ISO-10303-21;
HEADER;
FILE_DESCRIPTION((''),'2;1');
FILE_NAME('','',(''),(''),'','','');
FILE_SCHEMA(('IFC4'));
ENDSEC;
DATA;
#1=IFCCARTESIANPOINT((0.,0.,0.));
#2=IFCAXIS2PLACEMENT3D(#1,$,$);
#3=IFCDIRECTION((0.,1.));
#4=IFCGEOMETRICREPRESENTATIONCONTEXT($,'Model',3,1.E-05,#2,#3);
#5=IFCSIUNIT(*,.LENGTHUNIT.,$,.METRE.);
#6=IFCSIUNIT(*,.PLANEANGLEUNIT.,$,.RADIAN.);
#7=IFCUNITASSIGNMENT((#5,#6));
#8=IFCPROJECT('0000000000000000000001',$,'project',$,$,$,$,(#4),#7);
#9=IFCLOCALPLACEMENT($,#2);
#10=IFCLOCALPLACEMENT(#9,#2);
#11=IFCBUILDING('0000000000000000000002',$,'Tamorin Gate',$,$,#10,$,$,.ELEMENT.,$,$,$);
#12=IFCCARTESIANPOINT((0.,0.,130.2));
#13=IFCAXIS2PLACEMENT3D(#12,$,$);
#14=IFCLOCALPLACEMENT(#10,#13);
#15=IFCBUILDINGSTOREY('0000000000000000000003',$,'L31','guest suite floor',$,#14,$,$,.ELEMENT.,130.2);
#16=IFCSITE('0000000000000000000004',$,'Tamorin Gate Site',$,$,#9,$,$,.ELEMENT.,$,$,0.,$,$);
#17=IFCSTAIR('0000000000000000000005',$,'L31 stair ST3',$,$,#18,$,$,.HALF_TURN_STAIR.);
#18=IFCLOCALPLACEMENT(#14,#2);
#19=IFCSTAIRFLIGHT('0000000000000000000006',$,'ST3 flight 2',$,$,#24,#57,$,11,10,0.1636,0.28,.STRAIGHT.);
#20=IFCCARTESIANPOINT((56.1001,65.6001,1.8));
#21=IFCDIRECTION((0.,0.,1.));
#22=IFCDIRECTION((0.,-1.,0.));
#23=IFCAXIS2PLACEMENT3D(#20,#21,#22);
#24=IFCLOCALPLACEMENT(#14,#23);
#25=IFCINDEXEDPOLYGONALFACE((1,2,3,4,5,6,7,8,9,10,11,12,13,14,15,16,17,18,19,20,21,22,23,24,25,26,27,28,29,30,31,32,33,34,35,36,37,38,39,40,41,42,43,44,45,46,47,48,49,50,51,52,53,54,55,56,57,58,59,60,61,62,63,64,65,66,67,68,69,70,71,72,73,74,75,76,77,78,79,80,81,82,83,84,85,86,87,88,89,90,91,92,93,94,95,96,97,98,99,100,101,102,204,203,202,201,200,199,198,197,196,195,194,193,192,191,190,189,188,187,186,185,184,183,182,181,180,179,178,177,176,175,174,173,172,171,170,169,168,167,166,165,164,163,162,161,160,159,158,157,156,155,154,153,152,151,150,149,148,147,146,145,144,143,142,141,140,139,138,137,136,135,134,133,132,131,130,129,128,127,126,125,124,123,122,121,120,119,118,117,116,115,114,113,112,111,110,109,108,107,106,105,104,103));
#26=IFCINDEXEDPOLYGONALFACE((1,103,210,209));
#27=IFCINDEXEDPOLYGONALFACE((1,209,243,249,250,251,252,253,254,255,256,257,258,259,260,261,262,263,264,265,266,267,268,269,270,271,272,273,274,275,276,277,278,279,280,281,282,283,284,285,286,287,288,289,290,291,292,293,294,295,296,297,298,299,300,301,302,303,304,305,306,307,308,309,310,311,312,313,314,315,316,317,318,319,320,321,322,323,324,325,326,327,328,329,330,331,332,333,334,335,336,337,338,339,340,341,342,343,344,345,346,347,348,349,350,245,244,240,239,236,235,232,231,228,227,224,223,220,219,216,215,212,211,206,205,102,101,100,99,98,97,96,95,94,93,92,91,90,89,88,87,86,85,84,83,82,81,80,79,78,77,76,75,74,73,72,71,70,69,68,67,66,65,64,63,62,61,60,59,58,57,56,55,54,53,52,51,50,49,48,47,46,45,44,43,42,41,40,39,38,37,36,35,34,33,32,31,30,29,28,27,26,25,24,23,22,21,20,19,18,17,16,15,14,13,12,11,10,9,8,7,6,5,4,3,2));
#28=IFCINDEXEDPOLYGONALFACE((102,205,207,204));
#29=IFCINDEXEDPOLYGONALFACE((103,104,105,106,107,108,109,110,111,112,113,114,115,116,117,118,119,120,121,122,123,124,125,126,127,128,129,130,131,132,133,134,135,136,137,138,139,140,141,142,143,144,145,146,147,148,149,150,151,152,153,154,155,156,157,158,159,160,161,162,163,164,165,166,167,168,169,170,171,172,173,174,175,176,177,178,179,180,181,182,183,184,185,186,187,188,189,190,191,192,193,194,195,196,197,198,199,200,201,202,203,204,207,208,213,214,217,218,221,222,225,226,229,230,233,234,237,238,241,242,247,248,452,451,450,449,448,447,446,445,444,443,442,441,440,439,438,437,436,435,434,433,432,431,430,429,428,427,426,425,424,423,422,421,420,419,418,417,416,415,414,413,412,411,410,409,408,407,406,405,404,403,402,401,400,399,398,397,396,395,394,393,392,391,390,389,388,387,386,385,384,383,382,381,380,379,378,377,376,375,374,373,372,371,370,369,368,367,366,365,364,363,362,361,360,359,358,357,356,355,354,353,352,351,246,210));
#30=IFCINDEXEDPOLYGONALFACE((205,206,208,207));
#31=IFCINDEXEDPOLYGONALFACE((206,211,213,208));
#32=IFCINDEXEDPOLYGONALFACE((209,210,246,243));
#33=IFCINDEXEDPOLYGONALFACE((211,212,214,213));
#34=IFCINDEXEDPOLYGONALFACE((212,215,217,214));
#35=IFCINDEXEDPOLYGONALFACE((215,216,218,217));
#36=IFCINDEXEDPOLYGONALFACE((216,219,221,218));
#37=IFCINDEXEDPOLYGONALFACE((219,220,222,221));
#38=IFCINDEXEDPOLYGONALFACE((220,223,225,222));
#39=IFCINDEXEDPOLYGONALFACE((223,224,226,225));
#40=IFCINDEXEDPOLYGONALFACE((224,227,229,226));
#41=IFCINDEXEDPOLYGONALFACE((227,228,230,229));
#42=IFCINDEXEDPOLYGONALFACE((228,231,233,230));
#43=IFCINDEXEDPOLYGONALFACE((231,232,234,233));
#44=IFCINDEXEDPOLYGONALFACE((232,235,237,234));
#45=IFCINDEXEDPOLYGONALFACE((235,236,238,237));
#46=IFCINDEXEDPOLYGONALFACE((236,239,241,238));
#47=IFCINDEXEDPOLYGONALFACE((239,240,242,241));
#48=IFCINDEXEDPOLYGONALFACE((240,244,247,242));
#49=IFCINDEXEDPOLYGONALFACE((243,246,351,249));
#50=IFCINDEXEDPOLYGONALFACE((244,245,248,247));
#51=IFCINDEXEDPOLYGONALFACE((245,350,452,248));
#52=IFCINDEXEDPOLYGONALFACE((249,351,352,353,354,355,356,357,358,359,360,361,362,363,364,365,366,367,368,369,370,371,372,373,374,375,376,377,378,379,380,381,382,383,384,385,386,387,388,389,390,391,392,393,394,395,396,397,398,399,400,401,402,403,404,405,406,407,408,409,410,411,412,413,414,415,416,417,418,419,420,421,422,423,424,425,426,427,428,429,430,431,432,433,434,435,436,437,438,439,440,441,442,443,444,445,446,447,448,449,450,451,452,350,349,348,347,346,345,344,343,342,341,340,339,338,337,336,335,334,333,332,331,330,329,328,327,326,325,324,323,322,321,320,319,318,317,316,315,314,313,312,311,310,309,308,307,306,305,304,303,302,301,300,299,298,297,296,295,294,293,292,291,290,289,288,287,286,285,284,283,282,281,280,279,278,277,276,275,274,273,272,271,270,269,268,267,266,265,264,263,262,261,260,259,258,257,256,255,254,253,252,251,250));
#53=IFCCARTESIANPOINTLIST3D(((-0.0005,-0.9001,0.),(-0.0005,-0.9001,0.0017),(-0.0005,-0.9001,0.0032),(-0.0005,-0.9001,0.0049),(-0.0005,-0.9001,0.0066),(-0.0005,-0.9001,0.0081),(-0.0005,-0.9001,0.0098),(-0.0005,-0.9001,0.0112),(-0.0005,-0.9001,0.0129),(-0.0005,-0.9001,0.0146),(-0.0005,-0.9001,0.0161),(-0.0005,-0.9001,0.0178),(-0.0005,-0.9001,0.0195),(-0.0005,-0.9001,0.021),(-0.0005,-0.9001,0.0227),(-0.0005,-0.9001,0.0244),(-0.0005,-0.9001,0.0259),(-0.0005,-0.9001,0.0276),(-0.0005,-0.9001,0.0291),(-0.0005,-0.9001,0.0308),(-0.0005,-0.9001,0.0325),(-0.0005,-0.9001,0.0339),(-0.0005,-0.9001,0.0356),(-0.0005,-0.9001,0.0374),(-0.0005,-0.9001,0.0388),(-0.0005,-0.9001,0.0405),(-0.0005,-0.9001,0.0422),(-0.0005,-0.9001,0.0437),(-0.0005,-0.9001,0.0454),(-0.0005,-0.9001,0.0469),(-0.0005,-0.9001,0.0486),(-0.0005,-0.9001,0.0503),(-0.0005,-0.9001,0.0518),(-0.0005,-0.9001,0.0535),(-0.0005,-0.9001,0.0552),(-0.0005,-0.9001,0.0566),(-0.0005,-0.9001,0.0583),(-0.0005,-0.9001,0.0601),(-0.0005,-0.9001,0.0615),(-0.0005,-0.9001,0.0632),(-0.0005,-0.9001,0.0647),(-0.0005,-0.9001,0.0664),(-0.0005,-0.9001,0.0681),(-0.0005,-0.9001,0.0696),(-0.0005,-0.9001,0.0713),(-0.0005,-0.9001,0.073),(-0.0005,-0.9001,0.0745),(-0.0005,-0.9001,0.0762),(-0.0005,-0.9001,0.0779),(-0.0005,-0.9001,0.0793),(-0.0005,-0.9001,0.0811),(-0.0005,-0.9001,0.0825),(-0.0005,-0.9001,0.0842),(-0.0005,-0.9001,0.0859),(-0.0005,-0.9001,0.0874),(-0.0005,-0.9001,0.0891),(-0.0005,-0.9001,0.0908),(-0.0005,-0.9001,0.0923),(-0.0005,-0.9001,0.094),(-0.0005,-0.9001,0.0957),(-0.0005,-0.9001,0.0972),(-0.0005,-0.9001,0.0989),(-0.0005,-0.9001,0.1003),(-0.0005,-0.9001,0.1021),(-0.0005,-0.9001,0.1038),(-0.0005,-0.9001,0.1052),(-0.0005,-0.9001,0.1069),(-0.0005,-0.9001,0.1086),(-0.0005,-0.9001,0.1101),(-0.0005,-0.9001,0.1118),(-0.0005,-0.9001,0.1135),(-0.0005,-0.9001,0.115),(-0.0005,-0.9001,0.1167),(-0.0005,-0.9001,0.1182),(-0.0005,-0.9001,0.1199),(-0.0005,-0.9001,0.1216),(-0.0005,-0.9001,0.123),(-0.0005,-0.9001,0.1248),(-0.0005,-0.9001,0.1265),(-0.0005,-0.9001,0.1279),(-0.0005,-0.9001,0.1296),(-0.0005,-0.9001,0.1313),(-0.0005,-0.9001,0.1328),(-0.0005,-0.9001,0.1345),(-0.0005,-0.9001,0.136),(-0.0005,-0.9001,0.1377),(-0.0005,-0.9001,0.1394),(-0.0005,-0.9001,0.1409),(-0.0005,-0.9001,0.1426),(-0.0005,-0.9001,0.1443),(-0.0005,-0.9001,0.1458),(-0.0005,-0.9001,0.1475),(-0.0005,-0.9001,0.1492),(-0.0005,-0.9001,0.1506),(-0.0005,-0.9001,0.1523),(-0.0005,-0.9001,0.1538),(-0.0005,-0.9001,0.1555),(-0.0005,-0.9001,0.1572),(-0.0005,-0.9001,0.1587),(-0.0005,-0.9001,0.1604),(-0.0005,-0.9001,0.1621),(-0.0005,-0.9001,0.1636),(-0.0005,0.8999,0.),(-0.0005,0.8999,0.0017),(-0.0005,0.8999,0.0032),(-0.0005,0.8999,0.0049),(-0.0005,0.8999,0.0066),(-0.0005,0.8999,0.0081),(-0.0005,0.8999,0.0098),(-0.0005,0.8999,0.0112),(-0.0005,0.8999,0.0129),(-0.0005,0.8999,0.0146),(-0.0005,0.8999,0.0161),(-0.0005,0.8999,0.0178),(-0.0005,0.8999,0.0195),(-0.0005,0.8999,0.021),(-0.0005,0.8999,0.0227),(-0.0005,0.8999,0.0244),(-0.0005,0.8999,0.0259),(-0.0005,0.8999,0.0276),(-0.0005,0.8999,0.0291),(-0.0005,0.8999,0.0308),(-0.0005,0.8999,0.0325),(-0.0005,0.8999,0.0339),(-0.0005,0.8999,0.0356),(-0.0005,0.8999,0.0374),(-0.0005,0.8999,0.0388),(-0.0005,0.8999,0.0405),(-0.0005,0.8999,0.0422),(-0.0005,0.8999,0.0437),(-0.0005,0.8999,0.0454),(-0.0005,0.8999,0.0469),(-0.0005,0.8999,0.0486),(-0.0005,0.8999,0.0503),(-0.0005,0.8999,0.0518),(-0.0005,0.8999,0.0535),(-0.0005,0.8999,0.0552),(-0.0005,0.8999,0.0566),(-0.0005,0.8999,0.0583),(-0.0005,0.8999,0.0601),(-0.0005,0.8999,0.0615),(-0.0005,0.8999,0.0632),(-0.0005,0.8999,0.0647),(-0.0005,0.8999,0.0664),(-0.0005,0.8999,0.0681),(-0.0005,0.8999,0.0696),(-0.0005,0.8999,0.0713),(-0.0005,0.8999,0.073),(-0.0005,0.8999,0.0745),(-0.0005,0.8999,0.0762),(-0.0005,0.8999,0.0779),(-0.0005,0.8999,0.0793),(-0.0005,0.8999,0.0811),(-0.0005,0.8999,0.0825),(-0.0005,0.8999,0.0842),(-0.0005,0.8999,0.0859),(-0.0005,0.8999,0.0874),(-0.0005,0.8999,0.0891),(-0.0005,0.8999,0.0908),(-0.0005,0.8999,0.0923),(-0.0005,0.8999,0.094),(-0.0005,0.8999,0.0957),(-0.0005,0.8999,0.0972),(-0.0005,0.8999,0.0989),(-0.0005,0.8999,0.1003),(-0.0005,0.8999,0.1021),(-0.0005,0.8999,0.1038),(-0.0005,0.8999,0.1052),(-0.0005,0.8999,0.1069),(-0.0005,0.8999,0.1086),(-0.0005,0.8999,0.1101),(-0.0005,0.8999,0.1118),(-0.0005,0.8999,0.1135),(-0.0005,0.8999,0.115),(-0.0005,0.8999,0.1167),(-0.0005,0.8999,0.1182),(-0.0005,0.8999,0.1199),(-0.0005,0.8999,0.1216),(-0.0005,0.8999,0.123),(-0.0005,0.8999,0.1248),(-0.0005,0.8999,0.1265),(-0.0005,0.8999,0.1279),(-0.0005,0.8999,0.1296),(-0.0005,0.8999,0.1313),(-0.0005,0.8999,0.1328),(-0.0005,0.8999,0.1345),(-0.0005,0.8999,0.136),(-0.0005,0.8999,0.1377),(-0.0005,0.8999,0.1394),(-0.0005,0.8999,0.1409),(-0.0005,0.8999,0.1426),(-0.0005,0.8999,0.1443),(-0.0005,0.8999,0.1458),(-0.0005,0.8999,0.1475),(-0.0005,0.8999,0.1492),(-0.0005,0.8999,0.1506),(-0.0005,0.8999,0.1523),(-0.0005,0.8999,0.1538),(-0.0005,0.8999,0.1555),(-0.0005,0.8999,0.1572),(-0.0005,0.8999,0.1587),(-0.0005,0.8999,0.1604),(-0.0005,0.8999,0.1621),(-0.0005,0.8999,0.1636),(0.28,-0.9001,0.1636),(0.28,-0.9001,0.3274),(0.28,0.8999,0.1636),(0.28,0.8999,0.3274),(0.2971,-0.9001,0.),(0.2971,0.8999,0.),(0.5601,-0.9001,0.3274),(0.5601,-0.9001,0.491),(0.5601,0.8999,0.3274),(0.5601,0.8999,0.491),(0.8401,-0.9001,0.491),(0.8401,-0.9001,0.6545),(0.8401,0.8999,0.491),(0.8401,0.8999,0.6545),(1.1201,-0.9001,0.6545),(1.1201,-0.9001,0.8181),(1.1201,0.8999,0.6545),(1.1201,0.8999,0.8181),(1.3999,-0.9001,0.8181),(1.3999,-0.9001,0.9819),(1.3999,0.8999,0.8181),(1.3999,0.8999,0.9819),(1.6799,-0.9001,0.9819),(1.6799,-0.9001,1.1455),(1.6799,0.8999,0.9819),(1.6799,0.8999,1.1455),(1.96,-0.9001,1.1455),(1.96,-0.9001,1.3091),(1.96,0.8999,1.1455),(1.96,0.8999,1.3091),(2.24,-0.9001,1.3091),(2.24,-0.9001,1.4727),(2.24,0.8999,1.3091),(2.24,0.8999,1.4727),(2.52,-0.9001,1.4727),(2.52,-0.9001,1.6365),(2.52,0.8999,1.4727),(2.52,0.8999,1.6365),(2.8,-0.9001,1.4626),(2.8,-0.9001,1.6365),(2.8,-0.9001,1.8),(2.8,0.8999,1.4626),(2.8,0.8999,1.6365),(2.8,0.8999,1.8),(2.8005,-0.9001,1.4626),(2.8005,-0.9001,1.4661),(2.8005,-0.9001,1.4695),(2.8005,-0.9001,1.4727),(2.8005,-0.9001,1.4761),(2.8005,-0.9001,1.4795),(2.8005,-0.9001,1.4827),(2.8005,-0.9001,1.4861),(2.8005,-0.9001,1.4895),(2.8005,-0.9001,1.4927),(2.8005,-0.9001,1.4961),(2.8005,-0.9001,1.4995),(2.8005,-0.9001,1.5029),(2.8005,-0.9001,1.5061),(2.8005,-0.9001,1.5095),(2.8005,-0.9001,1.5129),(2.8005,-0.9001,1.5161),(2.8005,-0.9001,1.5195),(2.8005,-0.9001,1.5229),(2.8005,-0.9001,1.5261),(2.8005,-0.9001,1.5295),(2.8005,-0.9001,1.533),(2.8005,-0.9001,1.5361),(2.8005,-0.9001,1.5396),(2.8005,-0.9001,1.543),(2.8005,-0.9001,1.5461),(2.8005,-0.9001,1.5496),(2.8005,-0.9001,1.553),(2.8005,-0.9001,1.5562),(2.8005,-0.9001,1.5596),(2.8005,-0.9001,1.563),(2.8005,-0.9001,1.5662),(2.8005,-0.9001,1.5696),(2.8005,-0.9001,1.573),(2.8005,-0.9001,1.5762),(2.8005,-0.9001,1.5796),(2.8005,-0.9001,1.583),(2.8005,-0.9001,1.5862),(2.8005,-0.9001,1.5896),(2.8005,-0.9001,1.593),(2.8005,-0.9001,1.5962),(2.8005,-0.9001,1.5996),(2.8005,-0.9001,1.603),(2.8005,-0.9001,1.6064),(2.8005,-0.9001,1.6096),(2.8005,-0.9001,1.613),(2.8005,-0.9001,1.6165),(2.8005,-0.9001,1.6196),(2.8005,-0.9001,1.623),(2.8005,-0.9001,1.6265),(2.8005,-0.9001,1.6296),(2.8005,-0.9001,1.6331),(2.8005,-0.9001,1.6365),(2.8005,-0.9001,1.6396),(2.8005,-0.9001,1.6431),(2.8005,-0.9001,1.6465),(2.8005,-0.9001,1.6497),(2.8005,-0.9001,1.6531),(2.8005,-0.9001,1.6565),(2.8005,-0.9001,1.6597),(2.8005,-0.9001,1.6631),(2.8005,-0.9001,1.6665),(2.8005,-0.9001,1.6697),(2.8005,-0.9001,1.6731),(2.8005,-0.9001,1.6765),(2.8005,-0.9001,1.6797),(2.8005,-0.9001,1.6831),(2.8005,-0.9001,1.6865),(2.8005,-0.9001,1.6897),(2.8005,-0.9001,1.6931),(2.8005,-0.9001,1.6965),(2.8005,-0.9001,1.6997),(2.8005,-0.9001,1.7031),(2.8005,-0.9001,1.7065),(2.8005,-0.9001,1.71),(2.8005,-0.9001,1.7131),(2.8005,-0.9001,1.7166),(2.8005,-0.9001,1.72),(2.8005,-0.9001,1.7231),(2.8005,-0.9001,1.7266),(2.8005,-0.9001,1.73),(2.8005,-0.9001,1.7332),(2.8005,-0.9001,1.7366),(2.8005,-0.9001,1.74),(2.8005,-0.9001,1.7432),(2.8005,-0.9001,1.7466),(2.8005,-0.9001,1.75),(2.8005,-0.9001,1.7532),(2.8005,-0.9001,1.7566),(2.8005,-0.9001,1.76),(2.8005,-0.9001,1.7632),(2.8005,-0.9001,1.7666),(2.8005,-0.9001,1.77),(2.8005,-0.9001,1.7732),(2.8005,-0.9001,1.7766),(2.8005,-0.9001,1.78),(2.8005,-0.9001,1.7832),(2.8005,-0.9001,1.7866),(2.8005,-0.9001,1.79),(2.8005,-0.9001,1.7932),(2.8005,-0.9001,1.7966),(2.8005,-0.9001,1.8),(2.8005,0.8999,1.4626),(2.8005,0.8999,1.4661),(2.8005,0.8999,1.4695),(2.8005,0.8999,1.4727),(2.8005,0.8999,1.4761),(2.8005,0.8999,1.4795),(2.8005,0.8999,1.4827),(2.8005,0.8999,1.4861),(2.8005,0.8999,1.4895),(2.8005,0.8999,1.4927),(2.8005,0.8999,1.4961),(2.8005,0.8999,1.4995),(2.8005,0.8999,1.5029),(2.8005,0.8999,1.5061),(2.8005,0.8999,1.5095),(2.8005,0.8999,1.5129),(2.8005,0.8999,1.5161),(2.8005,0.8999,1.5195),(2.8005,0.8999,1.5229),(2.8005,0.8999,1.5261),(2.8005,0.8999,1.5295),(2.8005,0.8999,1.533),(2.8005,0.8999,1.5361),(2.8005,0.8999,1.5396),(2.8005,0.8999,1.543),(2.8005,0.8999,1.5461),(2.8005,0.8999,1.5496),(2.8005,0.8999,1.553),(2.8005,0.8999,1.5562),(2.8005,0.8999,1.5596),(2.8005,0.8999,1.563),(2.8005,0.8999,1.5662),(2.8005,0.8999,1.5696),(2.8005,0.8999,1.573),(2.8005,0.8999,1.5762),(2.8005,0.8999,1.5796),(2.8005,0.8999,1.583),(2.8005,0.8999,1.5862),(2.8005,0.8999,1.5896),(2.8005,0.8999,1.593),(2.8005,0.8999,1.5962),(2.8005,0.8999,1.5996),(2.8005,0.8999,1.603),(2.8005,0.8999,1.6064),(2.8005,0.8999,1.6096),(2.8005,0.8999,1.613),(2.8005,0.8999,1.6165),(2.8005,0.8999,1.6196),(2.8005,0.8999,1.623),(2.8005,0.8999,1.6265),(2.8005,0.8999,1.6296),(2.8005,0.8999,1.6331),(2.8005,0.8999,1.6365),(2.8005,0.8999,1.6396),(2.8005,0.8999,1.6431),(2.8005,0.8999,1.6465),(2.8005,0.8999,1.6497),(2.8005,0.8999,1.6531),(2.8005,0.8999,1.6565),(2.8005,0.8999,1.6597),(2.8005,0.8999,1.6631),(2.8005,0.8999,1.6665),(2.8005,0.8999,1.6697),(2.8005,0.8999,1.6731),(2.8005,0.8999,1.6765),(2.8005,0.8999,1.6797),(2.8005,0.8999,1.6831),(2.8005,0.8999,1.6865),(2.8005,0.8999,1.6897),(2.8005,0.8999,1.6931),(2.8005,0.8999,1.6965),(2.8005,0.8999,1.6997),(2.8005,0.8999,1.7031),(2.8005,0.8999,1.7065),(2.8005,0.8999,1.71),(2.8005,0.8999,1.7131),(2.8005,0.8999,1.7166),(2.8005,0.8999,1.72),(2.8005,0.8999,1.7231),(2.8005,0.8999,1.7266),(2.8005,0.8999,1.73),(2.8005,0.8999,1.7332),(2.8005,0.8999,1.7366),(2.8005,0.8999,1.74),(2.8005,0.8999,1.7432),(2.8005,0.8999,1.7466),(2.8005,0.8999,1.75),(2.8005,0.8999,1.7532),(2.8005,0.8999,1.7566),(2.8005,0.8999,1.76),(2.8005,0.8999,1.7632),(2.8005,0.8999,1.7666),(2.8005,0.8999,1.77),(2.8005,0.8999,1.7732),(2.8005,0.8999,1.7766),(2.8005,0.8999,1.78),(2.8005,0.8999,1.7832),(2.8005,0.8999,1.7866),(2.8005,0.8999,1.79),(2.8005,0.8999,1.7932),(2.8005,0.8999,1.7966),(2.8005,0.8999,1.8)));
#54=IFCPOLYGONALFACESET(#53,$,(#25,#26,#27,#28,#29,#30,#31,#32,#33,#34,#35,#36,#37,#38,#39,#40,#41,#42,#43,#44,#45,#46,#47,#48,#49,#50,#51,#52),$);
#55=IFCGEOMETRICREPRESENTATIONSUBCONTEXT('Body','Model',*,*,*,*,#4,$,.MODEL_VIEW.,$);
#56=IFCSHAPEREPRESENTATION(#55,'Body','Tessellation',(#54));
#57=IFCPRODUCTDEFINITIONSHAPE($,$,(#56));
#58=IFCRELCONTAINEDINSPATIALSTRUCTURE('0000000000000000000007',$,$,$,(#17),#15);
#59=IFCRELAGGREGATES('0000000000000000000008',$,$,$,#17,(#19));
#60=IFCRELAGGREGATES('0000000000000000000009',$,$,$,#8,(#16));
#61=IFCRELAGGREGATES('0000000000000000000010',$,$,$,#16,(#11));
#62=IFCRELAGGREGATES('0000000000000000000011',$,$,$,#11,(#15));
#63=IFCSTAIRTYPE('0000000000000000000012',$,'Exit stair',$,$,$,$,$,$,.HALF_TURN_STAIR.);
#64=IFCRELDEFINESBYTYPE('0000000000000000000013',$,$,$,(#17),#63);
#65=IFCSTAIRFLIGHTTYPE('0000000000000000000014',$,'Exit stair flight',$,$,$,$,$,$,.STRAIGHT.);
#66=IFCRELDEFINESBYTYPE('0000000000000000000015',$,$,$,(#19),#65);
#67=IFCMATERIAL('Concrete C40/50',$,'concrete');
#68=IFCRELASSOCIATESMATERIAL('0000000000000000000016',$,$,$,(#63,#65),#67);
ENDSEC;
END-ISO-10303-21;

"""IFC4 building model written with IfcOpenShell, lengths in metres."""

from ifc_helpers import new_model, si_unit, direction, frame, origin, place, context, subcontext, project, spatial, polyline, outline, extrude, material, type_object, element, aggregate, save


model = new_model("IFC4")

# Units and contexts
model_context = context("Model", 3, precision=1e-05, world=origin(), true_north=direction((0.0, 1.0)))
body_context = subcontext(model_context, "Body", "Model", "MODEL_VIEW")
ifc_project = project(units=[si_unit("LENGTHUNIT", "METRE"), si_unit("PLANEANGLEUNIT", "RADIAN")], contexts=[model_context])

# Site, building, storey
site_placement = place(None, origin())
site = spatial("IfcSite", under=ifc_project, at=site_placement, Name="Tamorin Gate Site", CompositionType="ELEMENT", RefElevation=0.0)
building_placement = place(site_placement, origin())
building = spatial("IfcBuilding", under=site, at=building_placement, Name="Tamorin Gate", CompositionType="ELEMENT")
storey_placement = place(building_placement, frame((0.0, 0.0, 130.2)))
storey = spatial("IfcBuildingStorey", under=building, at=storey_placement, Name="L31", Description="guest suite floor", CompositionType="ELEMENT", Elevation=130.2)

# Shared definitions
ifc_material_1 = material(Name="Concrete C40/50", Category="concrete")

# Stair, stair flight
stair_type = type_object("IfcStairType", Name="Exit stair", PredefinedType="HALF_TURN_STAIR", material=ifc_material_1)
stair_placement = place(storey_placement, origin())
stair = element("IfcStair", 1, at=stair_placement, inside=storey, type_object=stair_type, Name="L31 stair ST3", PredefinedType="HALF_TURN_STAIR")
stair_flight_type = type_object("IfcStairFlightType", Name="Exit stair flight", PredefinedType="STRAIGHT", material=ifc_material_1)
stair_flight_placement = place(storey_placement, frame((56.1001, 65.6001, 1.8), z_axis=(0.0, 0.0, 1.0), x_axis=(0.0, -1.0, 0.0)))
stair_flight = element("IfcStairFlight", 2, at=stair_flight_placement, type_object=stair_flight_type, Name="ST3 flight 2", NumberOfRisers=11, NumberOfTreads=10, PredefinedType="STRAIGHT", RiserHeight=0.1636, TreadLength=0.28, context=body_context, shape_type="SweptSolid", body=[
    extrude(outline(polyline([(-0.0005, 0.0), (-0.0005, 0.0017), (-0.0005, 0.0032), (-0.0005, 0.0049), (-0.0005, 0.0066), (-0.0005, 0.0081), (-0.0005, 0.0098), (-0.0005, 0.0112), (-0.0005, 0.0129), (-0.0005, 0.0146), (-0.0005, 0.0161), (-0.0005, 0.0178), (-0.0005, 0.0195), (-0.0005, 0.021), (-0.0005, 0.0227), (-0.0005, 0.0244), (-0.0005, 0.0259), (-0.0005, 0.0276), (-0.0005, 0.0291), (-0.0005, 0.0308), (-0.0005, 0.0325), (-0.0005, 0.0339), (-0.0005, 0.0356), (-0.0005, 0.0374), (-0.0005, 0.0388), (-0.0005, 0.0405), (-0.0005, 0.0422), (-0.0005, 0.0437), (-0.0005, 0.0454), (-0.0005, 0.0469), (-0.0005, 0.0486), (-0.0005, 0.0503), (-0.0005, 0.0518), (-0.0005, 0.0535), (-0.0005, 0.0552), (-0.0005, 0.0566), (-0.0005, 0.0583), (-0.0005, 0.0601), (-0.0005, 0.0615), (-0.0005, 0.0632), (-0.0005, 0.0647), (-0.0005, 0.0664), (-0.0005, 0.0681), (-0.0005, 0.0696), (-0.0005, 0.0713), (-0.0005, 0.073), (-0.0005, 0.0745), (-0.0005, 0.0762), (-0.0005, 0.0779), (-0.0005, 0.0793), (-0.0005, 0.0811), (-0.0005, 0.0825), (-0.0005, 0.0842), (-0.0005, 0.0859), (-0.0005, 0.0874), (-0.0005, 0.0891), (-0.0005, 0.0908), (-0.0005, 0.0923), (-0.0005, 0.094), (-0.0005, 0.0957), (-0.0005, 0.0972), (-0.0005, 0.0989), (-0.0005, 0.1003), (-0.0005, 0.1021), (-0.0005, 0.1038), (-0.0005, 0.1052), (-0.0005, 0.1069), (-0.0005, 0.1086), (-0.0005, 0.1101), (-0.0005, 0.1118), (-0.0005, 0.1135), (-0.0005, 0.115), (-0.0005, 0.1167), (-0.0005, 0.1182), (-0.0005, 0.1199), (-0.0005, 0.1216), (-0.0005, 0.123), (-0.0005, 0.1248), (-0.0005, 0.1265), (-0.0005, 0.1279), (-0.0005, 0.1296), (-0.0005, 0.1313), (-0.0005, 0.1328), (-0.0005, 0.1345), (-0.0005, 0.136), (-0.0005, 0.1377), (-0.0005, 0.1394), (-0.0005, 0.1409), (-0.0005, 0.1426), (-0.0005, 0.1443), (-0.0005, 0.1458), (-0.0005, 0.1475), (-0.0005, 0.1492), (-0.0005, 0.1506), (-0.0005, 0.1523), (-0.0005, 0.1538), (-0.0005, 0.1555), (-0.0005, 0.1572), (-0.0005, 0.1587), (-0.0005, 0.1604), (-0.0005, 0.1621), (-0.0005, 0.1636), (0.28, 0.1636), (0.28, 0.3274), (0.5601, 0.3274), (0.5601, 0.491), (0.8401, 0.491), (0.8401, 0.6545), (1.1201, 0.6545), (1.1201, 0.8181), (1.3999, 0.8181), (1.3999, 0.9819), (1.6799, 0.9819), (1.6799, 1.1455), (1.96, 1.1455), (1.96, 1.3091), (2.24, 1.3091), (2.24, 1.4727), (2.52, 1.4727), (2.52, 1.6365), (2.8, 1.6365), (2.8, 1.8), (2.8005, 1.8), (2.8005, 1.7966), (2.8005, 1.7932), (2.8005, 1.79), (2.8005, 1.7866), (2.8005, 1.7832), (2.8005, 1.78), (2.8005, 1.7766), (2.8005, 1.7732), (2.8005, 1.77), (2.8005, 1.7666), (2.8005, 1.7632), (2.8005, 1.76), (2.8005, 1.7566), (2.8005, 1.7532), (2.8005, 1.75), (2.8005, 1.7466), (2.8005, 1.7432), (2.8005, 1.74), (2.8005, 1.7366), (2.8005, 1.7332), (2.8005, 1.73), (2.8005, 1.7266), (2.8005, 1.7231), (2.8005, 1.72), (2.8005, 1.7166), (2.8005, 1.7131), (2.8005, 1.71), (2.8005, 1.7065), (2.8005, 1.7031), (2.8005, 1.6997), (2.8005, 1.6965), (2.8005, 1.6931), (2.8005, 1.6897), (2.8005, 1.6865), (2.8005, 1.6831), (2.8005, 1.6797), (2.8005, 1.6765), (2.8005, 1.6731), (2.8005, 1.6697), (2.8005, 1.6665), (2.8005, 1.6631), (2.8005, 1.6597), (2.8005, 1.6565), (2.8005, 1.6531), (2.8005, 1.6497), (2.8005, 1.6465), (2.8005, 1.6431), (2.8005, 1.6396), (2.8005, 1.6365), (2.8005, 1.6331), (2.8005, 1.6296), (2.8005, 1.6265), (2.8005, 1.623), (2.8005, 1.6196), (2.8005, 1.6165), (2.8005, 1.613), (2.8005, 1.6096), (2.8005, 1.6064), (2.8005, 1.603), (2.8005, 1.5996), (2.8005, 1.5962), (2.8005, 1.593), (2.8005, 1.5896), (2.8005, 1.5862), (2.8005, 1.583), (2.8005, 1.5796), (2.8005, 1.5762), (2.8005, 1.573), (2.8005, 1.5696), (2.8005, 1.5662), (2.8005, 1.563), (2.8005, 1.5596), (2.8005, 1.5562), (2.8005, 1.553), (2.8005, 1.5496), (2.8005, 1.5461), (2.8005, 1.543), (2.8005, 1.5396), (2.8005, 1.5361), (2.8005, 1.533), (2.8005, 1.5295), (2.8005, 1.5261), (2.8005, 1.5229), (2.8005, 1.5195), (2.8005, 1.5161), (2.8005, 1.5129), (2.8005, 1.5095), (2.8005, 1.5061), (2.8005, 1.5029), (2.8005, 1.4995), (2.8005, 1.4961), (2.8005, 1.4927), (2.8005, 1.4895), (2.8005, 1.4861), (2.8005, 1.4827), (2.8005, 1.4795), (2.8005, 1.4761), (2.8005, 1.4727), (2.8005, 1.4695), (2.8005, 1.4661), (2.8005, 1.4626), (2.8, 1.4626), (0.2971, 0.0), (-0.0005, 0.0)])), frame((0.0, 0.8999, 0.0), z_axis=(0.0, -1.0, 0.0), x_axis=(1.0, 0.0, 0.0)), (0.0, 0.0, 1.0), 1.8),
])
aggregate(stair, [stair_flight])

save(model, "model.ifc")
